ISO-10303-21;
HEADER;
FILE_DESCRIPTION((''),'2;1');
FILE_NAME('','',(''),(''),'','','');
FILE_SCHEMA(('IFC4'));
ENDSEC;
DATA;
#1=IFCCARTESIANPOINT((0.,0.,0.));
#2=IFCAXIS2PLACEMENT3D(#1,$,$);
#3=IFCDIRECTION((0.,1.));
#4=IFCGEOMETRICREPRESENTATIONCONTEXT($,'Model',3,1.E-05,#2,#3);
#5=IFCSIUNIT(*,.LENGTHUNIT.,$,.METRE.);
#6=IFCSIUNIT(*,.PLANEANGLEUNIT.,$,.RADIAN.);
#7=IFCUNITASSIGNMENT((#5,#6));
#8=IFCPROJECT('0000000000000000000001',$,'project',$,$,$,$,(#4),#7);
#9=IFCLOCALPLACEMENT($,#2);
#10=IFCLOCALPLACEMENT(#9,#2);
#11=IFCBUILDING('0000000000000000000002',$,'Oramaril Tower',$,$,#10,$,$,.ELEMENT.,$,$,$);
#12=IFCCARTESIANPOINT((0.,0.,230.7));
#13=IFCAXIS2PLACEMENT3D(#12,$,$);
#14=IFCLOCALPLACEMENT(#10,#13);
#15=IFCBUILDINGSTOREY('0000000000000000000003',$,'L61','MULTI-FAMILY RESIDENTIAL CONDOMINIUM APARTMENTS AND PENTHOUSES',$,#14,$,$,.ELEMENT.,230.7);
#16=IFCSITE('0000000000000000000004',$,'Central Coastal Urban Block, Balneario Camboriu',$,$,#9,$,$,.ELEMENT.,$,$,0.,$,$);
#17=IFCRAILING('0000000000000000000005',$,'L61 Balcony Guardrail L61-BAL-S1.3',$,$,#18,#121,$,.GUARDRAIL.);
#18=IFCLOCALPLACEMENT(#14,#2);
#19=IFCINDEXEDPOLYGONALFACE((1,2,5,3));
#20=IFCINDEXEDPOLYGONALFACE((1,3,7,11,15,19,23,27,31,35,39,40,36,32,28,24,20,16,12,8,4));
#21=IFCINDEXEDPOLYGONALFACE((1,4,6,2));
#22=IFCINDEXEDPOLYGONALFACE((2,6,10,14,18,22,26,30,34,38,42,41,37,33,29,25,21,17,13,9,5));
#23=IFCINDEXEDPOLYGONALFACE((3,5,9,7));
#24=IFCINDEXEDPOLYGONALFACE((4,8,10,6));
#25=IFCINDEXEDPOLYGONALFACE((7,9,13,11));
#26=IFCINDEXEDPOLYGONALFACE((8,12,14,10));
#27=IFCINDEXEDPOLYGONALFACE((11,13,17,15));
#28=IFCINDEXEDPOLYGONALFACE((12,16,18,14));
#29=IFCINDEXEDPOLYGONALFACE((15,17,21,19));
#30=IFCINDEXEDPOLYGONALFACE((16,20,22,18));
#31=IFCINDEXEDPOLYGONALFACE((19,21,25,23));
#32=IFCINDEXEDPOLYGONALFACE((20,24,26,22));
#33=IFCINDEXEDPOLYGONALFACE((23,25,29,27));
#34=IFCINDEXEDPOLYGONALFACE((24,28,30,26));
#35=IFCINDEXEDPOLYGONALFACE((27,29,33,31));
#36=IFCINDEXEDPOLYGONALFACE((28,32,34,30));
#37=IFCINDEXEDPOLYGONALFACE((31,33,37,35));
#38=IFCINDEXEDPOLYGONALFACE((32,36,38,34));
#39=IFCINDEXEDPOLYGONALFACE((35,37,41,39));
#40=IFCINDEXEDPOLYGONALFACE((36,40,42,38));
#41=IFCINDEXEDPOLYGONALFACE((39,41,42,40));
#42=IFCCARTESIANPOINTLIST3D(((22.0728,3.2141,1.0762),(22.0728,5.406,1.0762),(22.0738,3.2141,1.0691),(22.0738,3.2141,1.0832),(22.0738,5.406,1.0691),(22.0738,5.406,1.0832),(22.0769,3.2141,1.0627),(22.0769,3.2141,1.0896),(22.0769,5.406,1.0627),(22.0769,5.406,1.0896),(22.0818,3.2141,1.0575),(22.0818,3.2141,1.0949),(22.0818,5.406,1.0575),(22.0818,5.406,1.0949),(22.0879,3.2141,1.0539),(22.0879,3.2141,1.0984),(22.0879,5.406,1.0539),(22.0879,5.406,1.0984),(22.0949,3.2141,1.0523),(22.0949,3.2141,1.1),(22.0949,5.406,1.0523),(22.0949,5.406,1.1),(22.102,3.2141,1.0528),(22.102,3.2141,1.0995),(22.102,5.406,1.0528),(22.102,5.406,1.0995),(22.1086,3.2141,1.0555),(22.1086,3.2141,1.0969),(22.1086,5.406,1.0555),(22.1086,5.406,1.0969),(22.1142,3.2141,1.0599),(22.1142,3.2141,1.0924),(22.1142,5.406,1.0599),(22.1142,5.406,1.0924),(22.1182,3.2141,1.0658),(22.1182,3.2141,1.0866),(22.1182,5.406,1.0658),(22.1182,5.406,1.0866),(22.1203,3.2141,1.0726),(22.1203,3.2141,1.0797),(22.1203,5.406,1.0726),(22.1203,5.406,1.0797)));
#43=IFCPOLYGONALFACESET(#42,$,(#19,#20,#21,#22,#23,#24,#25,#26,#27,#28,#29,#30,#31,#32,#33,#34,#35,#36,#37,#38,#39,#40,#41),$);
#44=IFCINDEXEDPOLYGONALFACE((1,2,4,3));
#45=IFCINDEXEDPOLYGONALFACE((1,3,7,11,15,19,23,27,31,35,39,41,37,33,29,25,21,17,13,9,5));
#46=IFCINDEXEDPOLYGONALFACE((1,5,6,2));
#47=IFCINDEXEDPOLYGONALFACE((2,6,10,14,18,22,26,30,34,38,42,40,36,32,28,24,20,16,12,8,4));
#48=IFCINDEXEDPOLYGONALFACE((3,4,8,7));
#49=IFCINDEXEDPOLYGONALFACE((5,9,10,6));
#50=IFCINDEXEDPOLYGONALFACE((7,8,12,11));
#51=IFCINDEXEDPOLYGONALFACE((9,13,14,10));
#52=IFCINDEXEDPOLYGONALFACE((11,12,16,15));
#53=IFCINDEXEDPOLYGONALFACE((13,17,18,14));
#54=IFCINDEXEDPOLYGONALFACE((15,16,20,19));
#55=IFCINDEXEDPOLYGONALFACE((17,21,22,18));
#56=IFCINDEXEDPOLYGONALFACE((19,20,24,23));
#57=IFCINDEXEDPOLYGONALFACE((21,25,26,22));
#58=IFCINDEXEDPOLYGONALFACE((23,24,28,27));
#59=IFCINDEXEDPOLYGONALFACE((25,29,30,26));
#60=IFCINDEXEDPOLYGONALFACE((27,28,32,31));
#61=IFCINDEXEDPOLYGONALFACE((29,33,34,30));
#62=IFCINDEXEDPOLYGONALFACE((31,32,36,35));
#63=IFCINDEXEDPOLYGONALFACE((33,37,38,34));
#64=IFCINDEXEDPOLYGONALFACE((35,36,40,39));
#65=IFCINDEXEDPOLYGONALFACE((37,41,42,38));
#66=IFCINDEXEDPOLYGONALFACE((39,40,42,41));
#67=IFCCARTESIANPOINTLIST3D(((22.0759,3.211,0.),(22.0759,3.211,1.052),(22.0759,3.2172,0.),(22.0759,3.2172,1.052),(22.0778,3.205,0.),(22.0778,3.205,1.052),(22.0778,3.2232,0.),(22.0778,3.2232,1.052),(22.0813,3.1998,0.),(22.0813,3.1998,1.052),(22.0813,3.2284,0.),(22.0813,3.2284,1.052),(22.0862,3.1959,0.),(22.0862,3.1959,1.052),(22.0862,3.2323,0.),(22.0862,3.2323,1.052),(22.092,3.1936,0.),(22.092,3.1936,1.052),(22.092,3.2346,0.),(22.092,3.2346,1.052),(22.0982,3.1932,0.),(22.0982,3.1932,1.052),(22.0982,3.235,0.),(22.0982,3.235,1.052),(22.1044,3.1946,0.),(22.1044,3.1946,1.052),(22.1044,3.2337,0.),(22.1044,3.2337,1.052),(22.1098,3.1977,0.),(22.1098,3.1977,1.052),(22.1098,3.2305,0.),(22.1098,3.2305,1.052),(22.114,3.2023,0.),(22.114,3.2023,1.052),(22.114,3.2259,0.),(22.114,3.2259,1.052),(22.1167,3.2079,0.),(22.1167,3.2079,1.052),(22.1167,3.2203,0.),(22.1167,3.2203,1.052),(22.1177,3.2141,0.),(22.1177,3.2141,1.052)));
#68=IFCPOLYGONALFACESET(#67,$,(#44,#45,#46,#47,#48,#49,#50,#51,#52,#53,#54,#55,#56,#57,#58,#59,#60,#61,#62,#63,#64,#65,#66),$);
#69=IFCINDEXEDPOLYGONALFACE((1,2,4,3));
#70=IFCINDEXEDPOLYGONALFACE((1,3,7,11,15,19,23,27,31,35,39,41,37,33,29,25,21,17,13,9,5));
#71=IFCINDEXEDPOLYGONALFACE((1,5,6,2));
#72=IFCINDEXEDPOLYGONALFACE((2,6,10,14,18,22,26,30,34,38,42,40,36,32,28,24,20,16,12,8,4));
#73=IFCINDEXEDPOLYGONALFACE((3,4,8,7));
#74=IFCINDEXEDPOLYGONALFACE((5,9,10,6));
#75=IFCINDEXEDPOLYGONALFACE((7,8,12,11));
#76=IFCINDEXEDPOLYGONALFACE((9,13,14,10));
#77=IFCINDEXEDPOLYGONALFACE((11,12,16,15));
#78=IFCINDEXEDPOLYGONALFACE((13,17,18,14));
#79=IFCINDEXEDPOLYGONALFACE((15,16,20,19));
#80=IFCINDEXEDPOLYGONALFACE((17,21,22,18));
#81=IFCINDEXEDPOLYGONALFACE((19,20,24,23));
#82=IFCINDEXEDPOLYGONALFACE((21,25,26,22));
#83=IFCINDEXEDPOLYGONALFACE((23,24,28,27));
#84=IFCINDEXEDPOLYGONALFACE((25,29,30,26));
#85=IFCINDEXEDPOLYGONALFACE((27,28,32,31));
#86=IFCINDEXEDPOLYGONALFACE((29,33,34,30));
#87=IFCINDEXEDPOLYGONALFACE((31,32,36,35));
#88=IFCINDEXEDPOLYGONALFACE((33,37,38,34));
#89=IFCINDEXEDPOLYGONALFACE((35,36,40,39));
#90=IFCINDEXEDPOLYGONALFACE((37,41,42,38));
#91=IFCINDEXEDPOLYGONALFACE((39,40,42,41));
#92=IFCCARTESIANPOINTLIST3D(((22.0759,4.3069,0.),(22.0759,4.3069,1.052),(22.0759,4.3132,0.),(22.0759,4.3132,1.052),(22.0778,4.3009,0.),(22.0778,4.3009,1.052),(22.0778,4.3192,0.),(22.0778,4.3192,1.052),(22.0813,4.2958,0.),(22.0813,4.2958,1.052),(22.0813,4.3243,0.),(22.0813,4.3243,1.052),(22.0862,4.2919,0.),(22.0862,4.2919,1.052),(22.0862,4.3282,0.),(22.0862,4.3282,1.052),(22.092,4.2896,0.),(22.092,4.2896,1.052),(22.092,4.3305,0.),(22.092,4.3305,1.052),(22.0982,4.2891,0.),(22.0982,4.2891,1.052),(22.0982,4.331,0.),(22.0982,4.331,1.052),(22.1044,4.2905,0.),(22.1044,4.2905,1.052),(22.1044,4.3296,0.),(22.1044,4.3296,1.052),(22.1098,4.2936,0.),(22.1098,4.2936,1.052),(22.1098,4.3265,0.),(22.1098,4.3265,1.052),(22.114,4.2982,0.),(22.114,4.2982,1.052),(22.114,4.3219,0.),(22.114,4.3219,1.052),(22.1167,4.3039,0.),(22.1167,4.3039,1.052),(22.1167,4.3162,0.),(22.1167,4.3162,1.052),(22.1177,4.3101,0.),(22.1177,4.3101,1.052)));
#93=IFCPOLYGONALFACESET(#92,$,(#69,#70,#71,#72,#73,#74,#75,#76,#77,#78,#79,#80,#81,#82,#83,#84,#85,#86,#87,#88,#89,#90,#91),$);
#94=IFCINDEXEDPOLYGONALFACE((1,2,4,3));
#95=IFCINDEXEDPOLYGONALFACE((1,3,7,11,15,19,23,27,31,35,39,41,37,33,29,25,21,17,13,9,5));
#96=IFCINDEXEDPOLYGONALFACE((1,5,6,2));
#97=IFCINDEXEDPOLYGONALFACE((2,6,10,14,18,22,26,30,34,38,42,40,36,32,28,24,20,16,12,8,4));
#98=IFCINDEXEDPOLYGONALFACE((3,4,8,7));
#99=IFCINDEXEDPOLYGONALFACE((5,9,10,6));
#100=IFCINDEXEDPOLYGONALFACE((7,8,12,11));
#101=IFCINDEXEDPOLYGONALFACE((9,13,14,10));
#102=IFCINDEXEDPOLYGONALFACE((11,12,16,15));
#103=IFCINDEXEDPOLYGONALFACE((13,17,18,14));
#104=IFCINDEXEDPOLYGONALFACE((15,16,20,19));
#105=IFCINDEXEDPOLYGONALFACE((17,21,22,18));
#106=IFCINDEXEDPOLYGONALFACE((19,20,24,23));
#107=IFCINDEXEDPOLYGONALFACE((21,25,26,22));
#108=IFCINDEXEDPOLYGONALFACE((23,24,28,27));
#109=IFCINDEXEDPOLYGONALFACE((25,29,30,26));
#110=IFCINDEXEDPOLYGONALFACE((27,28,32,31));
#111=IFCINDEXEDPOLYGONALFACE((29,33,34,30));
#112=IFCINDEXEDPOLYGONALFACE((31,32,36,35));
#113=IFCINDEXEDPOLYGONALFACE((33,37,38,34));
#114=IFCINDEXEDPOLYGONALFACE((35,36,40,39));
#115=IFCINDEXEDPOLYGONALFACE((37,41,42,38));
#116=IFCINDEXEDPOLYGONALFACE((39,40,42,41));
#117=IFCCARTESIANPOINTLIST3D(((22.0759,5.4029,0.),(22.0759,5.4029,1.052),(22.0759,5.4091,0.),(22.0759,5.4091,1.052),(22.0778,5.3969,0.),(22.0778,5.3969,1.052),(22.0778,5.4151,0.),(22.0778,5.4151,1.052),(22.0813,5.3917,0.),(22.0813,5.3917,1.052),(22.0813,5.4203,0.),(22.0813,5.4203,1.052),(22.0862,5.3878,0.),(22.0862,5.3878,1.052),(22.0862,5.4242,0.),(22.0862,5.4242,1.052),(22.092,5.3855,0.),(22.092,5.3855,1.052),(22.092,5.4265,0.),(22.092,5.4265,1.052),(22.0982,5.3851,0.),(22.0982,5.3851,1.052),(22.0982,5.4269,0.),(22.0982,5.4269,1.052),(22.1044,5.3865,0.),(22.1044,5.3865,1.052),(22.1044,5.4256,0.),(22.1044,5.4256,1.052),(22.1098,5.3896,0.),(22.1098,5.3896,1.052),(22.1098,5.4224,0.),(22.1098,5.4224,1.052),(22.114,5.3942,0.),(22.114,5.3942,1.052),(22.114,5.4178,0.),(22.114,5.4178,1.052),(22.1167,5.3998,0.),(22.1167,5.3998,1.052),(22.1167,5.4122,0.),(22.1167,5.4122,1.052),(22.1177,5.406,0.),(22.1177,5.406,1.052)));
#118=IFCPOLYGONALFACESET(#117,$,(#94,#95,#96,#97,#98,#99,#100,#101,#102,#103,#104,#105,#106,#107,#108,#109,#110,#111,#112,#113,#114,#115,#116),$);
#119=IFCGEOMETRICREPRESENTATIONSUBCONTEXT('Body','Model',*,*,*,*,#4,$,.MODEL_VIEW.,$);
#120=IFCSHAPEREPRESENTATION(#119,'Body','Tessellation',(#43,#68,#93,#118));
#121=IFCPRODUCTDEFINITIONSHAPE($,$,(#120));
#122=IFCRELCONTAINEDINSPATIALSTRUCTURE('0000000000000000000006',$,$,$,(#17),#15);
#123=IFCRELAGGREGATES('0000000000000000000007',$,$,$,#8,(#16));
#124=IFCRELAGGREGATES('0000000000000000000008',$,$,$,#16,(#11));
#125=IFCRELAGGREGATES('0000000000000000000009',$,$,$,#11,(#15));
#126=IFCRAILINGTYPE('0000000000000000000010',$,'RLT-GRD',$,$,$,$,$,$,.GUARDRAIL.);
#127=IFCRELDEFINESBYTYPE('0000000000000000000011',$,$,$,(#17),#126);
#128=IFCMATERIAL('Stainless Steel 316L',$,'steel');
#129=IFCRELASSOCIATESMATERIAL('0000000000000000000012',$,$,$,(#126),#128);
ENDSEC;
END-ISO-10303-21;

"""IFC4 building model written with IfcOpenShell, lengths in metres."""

from ifc_helpers import new_model, si_unit, direction, frame, origin, origin_2d, place, context, subcontext, project, spatial, circle, extrude, material, type_object, element, save


model = new_model("IFC4")

# Units and contexts
model_context = context("Model", 3, precision=1e-05, world=origin(), true_north=direction((0.0, 1.0)))
body_context = subcontext(model_context, "Body", "Model", "MODEL_VIEW")
ifc_project = project(units=[si_unit("LENGTHUNIT", "METRE"), si_unit("PLANEANGLEUNIT", "RADIAN")], contexts=[model_context])

# Site, building, storey
site_placement = place(None, origin())
site = spatial("IfcSite", under=ifc_project, at=site_placement, Name="Central Coastal Urban Block, Balneario Camboriu", CompositionType="ELEMENT", RefElevation=0.0)
building_placement = place(site_placement, origin())
building = spatial("IfcBuilding", under=site, at=building_placement, Name="Oramaril Tower", CompositionType="ELEMENT")
storey_placement = place(building_placement, frame((0.0, 0.0, 230.7)))
storey = spatial("IfcBuildingStorey", under=building, at=storey_placement, Name="L61", Description="MULTI-FAMILY RESIDENTIAL CONDOMINIUM APARTMENTS AND PENTHOUSES", CompositionType="ELEMENT", Elevation=230.7)

# Railing
ifc_material_1 = material(Name="Stainless Steel 316L", Category="steel")
railing_type = type_object("IfcRailingType", Name="RLT-GRD", PredefinedType="GUARDRAIL", material=ifc_material_1)
railing_placement = place(storey_placement, frame((22.0967, 3.2141, 0.0)))
element("IfcRailing", 1, at=railing_placement, inside=storey, type_object=railing_type, Name="L61 Balcony Guardrail L61-BAL-S1.3", PredefinedType="GUARDRAIL", context=body_context, shape_type="SweptSolid", body=[
    extrude(circle(Radius=0.0239, at=origin_2d()), frame((0.0, 0.0, 1.0762), z_axis=(0.0, 1.0, 0.0), x_axis=(-1.0, 0.0, 0.0)), (0.0, 0.0, 1.0), 2.1919),
    extrude(circle(Radius=0.021, at=origin_2d()), origin(), (0.0, 0.0, 1.0), 1.052),
    extrude(circle(Radius=0.021, at=origin_2d()), frame((0.0, 1.0959, 0.0)), (0.0, 0.0, 1.0), 1.052),
    extrude(circle(Radius=0.021, at=origin_2d()), frame((0.0, 2.1919, 0.0)), (0.0, 0.0, 1.0), 1.052),
])

save(model, "model.ifc")
